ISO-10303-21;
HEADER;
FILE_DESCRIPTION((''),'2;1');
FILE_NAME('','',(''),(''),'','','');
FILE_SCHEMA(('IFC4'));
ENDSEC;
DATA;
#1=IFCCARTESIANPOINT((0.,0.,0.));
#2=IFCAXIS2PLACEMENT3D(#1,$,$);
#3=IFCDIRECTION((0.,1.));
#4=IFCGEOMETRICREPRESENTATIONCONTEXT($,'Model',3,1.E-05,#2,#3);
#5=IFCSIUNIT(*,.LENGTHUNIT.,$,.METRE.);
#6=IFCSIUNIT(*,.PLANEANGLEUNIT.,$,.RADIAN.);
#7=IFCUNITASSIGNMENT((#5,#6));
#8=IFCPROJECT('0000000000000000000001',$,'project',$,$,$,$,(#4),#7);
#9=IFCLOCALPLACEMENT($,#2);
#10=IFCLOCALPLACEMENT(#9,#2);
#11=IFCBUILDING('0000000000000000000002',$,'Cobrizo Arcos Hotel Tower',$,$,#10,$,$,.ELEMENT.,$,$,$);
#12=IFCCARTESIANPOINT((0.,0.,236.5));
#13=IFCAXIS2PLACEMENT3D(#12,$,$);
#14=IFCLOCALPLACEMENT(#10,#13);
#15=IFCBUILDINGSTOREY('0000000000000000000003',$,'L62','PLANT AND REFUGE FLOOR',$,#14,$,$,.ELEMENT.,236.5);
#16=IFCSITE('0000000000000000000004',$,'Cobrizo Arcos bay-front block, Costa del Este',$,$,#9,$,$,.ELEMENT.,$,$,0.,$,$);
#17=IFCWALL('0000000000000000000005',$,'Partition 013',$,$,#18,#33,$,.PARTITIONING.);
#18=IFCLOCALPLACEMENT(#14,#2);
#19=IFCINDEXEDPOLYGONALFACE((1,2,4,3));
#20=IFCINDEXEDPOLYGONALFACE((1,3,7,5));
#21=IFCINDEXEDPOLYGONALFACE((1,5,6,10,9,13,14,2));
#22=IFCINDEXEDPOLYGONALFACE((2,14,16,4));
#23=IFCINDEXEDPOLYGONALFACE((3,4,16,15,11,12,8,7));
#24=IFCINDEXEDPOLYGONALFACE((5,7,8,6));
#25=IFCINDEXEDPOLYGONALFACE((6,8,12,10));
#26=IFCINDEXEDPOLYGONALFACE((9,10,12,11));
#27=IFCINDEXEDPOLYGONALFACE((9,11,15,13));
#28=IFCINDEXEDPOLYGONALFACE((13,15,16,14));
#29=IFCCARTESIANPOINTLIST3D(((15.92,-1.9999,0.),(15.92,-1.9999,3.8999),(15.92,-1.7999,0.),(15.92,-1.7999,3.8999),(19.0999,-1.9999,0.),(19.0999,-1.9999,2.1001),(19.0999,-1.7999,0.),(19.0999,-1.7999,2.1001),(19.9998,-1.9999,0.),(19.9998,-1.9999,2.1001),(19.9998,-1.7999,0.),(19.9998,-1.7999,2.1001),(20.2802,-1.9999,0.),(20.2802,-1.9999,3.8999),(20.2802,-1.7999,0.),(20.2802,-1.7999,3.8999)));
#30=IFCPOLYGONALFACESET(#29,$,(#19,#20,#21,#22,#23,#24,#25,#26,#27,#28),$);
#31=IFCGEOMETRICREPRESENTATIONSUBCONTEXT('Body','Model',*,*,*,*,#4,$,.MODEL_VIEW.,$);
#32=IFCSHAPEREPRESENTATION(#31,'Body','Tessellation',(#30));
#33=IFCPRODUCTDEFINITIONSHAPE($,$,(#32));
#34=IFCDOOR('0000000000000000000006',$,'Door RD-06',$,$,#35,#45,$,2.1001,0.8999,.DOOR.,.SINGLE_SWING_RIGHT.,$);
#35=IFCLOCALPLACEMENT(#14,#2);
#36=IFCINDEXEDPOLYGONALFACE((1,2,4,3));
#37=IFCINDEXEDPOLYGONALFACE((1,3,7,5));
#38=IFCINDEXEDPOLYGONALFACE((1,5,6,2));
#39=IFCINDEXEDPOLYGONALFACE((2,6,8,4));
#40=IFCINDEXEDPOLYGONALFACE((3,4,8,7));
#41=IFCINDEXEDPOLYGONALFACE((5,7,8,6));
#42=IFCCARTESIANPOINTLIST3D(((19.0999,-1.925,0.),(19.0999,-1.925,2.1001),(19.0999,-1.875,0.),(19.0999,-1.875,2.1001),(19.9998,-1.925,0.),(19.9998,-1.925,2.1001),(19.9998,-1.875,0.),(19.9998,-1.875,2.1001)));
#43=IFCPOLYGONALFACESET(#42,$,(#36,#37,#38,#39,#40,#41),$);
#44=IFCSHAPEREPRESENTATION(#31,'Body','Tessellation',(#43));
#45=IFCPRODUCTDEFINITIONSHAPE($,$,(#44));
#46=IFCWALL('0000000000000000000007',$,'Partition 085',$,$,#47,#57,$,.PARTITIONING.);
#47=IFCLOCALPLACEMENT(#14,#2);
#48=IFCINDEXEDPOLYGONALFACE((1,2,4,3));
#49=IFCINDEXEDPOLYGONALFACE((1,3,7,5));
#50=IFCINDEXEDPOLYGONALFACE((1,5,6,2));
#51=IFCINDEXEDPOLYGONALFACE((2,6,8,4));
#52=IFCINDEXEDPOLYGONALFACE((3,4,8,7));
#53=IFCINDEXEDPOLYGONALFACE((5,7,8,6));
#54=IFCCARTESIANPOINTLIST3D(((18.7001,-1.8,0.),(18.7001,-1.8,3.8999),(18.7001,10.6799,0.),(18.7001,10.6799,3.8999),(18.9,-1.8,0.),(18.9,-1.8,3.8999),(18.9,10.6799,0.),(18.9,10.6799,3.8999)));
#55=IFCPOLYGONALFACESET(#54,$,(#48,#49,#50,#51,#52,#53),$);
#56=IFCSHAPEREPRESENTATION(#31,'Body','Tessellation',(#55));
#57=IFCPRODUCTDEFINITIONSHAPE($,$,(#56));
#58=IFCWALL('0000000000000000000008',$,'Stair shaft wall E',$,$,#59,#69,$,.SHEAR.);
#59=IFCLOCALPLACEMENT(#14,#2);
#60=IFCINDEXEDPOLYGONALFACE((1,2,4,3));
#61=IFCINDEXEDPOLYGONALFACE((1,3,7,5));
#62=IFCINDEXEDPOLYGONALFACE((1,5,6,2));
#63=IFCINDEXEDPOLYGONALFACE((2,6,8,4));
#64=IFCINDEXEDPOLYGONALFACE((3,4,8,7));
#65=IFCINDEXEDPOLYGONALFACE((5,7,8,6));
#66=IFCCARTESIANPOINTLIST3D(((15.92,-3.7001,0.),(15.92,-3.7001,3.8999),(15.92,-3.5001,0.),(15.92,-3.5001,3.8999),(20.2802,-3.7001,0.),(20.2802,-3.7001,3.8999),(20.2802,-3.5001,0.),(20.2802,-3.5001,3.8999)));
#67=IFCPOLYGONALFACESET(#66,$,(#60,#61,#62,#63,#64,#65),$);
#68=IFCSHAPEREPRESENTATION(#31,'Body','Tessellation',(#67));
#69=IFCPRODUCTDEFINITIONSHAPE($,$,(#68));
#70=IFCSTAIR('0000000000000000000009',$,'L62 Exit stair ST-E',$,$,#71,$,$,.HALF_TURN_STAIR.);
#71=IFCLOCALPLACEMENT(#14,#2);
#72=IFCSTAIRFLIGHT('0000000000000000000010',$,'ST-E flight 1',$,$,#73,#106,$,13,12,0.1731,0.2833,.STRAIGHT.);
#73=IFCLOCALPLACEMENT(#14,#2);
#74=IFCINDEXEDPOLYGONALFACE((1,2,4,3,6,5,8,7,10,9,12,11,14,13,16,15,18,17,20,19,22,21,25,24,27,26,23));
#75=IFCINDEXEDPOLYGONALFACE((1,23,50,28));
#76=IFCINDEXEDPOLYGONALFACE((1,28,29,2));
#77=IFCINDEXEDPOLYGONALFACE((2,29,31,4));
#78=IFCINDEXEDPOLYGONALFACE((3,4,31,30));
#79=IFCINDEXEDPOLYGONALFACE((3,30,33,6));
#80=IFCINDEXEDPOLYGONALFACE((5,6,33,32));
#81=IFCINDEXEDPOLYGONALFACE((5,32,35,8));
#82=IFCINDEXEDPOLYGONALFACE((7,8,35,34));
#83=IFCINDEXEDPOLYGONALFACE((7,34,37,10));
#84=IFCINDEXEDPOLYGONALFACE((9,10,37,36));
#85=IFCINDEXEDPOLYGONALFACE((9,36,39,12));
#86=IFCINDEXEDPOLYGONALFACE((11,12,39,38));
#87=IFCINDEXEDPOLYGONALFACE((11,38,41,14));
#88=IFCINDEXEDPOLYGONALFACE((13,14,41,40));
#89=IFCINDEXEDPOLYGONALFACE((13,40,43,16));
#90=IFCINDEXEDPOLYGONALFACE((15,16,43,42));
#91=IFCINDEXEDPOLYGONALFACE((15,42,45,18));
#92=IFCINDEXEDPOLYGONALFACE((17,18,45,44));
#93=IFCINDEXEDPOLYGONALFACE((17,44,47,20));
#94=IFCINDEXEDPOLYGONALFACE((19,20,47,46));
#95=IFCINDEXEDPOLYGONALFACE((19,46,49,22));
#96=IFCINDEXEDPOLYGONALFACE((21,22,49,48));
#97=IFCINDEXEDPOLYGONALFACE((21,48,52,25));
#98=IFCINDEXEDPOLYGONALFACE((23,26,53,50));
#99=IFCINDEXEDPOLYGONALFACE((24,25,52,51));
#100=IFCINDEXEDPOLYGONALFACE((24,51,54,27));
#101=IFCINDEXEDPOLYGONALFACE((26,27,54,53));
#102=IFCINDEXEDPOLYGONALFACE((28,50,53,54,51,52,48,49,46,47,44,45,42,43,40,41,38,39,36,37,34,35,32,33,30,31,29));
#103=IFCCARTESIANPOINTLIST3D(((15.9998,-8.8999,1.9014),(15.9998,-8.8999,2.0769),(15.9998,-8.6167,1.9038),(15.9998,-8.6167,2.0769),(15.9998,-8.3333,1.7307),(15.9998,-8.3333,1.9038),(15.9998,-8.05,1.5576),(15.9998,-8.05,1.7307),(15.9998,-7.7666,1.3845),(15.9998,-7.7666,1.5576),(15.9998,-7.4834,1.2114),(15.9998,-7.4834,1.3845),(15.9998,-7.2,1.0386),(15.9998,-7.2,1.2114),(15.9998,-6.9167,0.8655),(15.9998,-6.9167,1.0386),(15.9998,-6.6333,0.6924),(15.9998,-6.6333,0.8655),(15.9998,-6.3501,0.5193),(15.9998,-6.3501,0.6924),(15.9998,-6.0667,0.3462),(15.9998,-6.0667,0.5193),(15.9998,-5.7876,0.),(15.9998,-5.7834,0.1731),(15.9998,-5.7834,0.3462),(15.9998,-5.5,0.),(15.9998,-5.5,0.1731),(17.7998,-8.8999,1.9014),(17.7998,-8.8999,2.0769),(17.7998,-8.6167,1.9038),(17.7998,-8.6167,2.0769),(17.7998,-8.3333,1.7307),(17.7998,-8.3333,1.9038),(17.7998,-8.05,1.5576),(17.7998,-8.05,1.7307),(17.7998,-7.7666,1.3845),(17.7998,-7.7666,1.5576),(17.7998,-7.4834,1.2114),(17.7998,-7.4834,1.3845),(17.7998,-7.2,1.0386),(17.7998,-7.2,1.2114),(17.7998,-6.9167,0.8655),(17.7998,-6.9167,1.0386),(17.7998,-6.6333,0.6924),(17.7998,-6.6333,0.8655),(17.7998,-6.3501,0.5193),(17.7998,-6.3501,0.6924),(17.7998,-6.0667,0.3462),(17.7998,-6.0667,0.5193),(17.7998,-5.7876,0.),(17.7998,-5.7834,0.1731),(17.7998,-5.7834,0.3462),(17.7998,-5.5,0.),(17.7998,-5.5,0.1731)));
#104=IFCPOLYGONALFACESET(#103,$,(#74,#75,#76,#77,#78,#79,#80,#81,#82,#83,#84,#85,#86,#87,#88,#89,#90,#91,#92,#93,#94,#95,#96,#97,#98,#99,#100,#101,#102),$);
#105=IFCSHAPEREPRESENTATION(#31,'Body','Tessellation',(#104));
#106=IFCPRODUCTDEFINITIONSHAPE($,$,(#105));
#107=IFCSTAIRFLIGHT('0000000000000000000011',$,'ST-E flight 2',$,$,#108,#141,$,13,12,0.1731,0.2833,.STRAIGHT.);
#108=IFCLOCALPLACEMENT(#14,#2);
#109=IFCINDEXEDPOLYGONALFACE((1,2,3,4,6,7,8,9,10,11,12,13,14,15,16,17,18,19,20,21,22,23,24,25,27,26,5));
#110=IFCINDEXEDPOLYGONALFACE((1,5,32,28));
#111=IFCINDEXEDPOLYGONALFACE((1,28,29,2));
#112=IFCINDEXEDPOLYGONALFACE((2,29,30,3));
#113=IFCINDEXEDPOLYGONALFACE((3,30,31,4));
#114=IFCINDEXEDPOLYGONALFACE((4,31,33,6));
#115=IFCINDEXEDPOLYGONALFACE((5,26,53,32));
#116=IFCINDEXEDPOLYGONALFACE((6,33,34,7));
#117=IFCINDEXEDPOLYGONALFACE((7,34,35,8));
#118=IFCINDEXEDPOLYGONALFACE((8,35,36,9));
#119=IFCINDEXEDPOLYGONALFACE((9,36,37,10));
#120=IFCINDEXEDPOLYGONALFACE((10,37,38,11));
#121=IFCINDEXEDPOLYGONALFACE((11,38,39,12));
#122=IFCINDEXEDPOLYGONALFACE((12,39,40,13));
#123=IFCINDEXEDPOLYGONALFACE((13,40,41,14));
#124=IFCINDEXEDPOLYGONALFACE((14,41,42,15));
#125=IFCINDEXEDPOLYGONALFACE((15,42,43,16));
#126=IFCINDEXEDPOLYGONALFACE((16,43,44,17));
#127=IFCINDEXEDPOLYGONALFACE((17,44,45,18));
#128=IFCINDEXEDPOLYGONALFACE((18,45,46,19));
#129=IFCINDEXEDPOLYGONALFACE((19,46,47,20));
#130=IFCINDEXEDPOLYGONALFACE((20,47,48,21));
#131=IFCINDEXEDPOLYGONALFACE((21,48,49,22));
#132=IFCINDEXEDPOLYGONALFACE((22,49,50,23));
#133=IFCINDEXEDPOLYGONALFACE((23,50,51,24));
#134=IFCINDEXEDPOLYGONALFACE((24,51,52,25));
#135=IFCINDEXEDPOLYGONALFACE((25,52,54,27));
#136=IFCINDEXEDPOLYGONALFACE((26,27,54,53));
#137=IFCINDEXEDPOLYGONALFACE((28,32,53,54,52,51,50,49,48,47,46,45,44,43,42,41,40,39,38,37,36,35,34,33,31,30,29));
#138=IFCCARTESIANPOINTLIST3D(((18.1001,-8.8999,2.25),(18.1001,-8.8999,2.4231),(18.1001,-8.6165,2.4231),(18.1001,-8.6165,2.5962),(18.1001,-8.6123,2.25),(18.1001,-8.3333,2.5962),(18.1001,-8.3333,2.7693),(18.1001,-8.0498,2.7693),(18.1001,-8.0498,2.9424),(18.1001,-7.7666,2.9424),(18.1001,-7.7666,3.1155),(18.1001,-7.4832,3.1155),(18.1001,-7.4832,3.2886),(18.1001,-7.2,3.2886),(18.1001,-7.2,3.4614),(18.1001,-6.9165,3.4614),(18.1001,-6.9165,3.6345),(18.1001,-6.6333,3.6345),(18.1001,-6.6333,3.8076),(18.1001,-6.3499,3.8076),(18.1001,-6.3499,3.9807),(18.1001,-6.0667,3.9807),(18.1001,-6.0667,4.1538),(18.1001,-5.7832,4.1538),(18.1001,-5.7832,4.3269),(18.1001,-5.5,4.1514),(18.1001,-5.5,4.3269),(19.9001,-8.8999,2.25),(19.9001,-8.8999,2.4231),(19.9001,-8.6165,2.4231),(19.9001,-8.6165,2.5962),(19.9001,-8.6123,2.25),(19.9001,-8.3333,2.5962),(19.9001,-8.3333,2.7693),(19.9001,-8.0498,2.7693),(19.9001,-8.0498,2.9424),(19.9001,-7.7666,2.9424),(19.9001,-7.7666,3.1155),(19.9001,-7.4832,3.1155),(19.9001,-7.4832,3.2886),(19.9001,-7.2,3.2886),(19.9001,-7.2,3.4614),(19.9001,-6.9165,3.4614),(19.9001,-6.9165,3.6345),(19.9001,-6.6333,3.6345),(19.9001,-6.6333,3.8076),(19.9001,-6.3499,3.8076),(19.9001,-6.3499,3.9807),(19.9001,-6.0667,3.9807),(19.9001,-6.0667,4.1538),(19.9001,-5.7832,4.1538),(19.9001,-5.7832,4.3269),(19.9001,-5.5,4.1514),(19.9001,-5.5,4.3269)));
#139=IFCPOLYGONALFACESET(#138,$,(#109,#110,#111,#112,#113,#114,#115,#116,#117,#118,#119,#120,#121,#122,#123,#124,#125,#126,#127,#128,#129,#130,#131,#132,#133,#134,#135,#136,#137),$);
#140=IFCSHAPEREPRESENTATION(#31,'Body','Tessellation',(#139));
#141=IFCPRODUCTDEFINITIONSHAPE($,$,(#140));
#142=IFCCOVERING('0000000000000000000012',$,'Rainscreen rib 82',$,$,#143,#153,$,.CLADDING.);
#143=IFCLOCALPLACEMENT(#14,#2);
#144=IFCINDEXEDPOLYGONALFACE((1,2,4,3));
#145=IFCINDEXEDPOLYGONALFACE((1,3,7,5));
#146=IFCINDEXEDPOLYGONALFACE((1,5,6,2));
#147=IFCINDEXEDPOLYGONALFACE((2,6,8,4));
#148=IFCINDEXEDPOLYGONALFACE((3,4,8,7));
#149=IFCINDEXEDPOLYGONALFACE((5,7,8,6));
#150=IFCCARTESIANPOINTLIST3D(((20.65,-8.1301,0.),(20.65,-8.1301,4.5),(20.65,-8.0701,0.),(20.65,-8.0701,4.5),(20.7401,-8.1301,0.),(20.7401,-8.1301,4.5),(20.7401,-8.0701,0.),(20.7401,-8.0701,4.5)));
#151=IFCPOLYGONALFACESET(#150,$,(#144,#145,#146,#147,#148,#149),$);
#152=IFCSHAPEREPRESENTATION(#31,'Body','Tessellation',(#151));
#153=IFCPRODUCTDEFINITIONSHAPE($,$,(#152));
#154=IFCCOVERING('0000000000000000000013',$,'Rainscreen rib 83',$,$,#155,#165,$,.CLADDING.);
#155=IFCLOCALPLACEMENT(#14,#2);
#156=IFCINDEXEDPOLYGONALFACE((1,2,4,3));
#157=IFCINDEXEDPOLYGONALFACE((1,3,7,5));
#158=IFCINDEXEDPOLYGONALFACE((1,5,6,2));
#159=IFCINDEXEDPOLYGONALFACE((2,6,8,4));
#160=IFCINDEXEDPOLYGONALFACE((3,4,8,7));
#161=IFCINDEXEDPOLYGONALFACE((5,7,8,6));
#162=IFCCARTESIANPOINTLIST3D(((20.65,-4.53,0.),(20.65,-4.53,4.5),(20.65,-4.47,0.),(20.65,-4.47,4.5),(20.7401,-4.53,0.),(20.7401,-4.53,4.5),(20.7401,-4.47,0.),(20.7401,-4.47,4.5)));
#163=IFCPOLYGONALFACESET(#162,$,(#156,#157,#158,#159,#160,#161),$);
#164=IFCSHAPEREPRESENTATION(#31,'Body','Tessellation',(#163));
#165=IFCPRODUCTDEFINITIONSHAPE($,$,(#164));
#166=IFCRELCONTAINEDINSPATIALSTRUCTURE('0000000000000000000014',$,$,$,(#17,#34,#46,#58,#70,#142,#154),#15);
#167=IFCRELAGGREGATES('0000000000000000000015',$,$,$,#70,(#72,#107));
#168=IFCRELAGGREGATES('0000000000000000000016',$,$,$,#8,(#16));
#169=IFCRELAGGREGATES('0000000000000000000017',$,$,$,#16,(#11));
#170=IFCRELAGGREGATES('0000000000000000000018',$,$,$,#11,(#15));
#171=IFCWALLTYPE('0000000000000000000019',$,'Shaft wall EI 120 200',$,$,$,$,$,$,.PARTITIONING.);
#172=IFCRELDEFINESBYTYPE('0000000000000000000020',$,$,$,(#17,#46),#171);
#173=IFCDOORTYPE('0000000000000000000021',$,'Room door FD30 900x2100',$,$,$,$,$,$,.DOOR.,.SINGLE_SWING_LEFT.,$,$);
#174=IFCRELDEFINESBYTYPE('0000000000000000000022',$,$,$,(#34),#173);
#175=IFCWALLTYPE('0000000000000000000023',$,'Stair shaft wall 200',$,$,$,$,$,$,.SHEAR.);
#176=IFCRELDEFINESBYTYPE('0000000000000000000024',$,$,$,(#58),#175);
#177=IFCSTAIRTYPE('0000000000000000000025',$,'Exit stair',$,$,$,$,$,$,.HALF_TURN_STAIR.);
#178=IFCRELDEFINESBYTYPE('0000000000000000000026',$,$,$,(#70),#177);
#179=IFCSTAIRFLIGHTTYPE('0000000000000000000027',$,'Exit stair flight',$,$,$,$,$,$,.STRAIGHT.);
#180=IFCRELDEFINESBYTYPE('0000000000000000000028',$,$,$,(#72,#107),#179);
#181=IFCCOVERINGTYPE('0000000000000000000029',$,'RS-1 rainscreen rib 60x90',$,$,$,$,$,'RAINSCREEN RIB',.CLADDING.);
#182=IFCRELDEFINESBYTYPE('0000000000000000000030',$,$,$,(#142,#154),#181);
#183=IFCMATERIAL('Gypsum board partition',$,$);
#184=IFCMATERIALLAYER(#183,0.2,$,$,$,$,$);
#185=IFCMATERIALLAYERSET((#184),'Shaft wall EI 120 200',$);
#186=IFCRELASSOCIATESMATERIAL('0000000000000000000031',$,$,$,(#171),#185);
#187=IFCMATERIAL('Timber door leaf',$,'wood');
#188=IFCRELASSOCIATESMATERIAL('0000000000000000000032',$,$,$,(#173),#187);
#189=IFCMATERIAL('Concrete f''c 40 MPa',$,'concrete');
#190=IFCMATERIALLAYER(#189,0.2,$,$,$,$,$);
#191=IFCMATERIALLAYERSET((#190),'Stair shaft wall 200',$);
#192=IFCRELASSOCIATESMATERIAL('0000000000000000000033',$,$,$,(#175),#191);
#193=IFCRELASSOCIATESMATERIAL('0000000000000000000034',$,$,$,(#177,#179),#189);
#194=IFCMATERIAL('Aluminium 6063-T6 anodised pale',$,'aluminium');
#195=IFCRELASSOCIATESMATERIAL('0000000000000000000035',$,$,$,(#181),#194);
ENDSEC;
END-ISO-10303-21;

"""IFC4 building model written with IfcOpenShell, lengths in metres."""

from ifc_helpers import new_model, si_unit, direction, frame, frame_2d, origin, origin_2d, place, context, subcontext, project, spatial, polyline, rectangle, outline, extrude, material, layer, layer_set, type_object, element, fill, aggregate, save


model = new_model("IFC4")

# Units and contexts
model_context = context("Model", 3, precision=1e-05, world=origin(), true_north=direction((0.0, 1.0)))
body_context = subcontext(model_context, "Body", "Model", "MODEL_VIEW")
ifc_project = project(units=[si_unit("LENGTHUNIT", "METRE"), si_unit("PLANEANGLEUNIT", "RADIAN")], contexts=[model_context])

# Site, building, storey
site_placement = place(None, origin())
site = spatial("IfcSite", under=ifc_project, at=site_placement, Name="Cobrizo Arcos bay-front block, Costa del Este", CompositionType="ELEMENT", RefElevation=0.0)
building_placement = place(site_placement, origin())
building = spatial("IfcBuilding", under=site, at=building_placement, Name="Cobrizo Arcos Hotel Tower", CompositionType="ELEMENT")
storey_placement = place(building_placement, frame((0.0, 0.0, 236.5)))
storey = spatial("IfcBuildingStorey", under=building, at=storey_placement, Name="L62", Description="PLANT AND REFUGE FLOOR", CompositionType="ELEMENT", Elevation=236.5)

# Wall, opening, door
ifc_material_1 = material(Name="Gypsum board partition")
ifc_layer_1 = layer(ifc_material_1, 0.2)
ifc_layer_set_1 = layer_set([ifc_layer_1], Name="Shaft wall EI 120 200")
wall_type_1 = type_object("IfcWallType", Name="Shaft wall EI 120 200", PredefinedType="PARTITIONING", material=ifc_layer_set_1)
wall_1_placement = place(storey_placement, frame((15.9199, -1.8999, 0.0), z_axis=(0.0, 0.0, 1.0), x_axis=(1.0, 0.0, 0.0)))
wall_1 = element("IfcWall", 1, at=wall_1_placement, inside=storey, type_object=wall_type_1, Name="Partition 013", PredefinedType="PARTITIONING", context=body_context, shape_type="SweptSolid", body=[
    extrude(rectangle(XDim=4.3601, YDim=0.2, at=frame_2d((2.1802, 0.0))), origin(), (0.0, 0.0, 1.0), 3.8999),
])
opening_placement = place(wall_1_placement, frame((3.1799, 0.0, 0.0)))
opening = element("IfcOpeningElement", 2, at=opening_placement, cuts=wall_1, PredefinedType="OPENING", context=body_context, shape_type="SweptSolid", body=[
    extrude(rectangle(XDim=0.8999, YDim=2.1001, at=frame_2d((0.45, 1.05))), frame((0.0, 0.1121, 0.0), z_axis=(0.0, -1.0, 0.0), x_axis=(1.0, 0.0, 0.0)), (0.0, 0.0, 1.0), 0.2239),
])
ifc_material_2 = material(Name="Timber door leaf", Category="wood")
door_type = type_object("IfcDoorType", Name="Room door FD30 900x2100", OperationType="SINGLE_SWING_LEFT", PredefinedType="DOOR", material=ifc_material_2)
door_placement = place(opening_placement, origin())
door = element("IfcDoor", 3, at=door_placement, inside=storey, type_object=door_type, Name="Door RD-06", OperationType="SINGLE_SWING_RIGHT", OverallHeight=2.1001, OverallWidth=0.8999, PredefinedType="DOOR", context=body_context, shape_type="SweptSolid", body=[
    extrude(rectangle(XDim=0.8999, YDim=2.1001, at=frame_2d((0.45, 1.05))), frame((0.0, 0.0249, 0.0), z_axis=(0.0, -1.0, 0.0), x_axis=(1.0, 0.0, 0.0)), (0.0, 0.0, 1.0), 0.05),
])
fill(opening, door)

# Walls
wall_2_placement = place(storey_placement, frame((18.8, -1.8, 0.0), z_axis=(0.0, 0.0, 1.0), x_axis=(0.0, 1.0, 0.0)))
element("IfcWall", 4, at=wall_2_placement, inside=storey, type_object=wall_type_1, Name="Partition 085", PredefinedType="PARTITIONING", context=body_context, shape_type="SweptSolid", body=[
    extrude(rectangle(XDim=12.48, YDim=0.2, at=frame_2d((6.24, 0.0))), origin(), (0.0, 0.0, 1.0), 3.8999),
])
ifc_material_3 = material(Name="Concrete f'c 40 MPa", Category="concrete")
ifc_layer_2 = layer(ifc_material_3, 0.2)
ifc_layer_set_2 = layer_set([ifc_layer_2], Name="Stair shaft wall 200")
wall_type_2 = type_object("IfcWallType", Name="Stair shaft wall 200", PredefinedType="SHEAR", material=ifc_layer_set_2)
wall_3_placement = place(storey_placement, frame((15.9199, -3.6001, 0.0), z_axis=(0.0, 0.0, 1.0), x_axis=(1.0, 0.0, 0.0)))
element("IfcWall", 5, at=wall_3_placement, inside=storey, type_object=wall_type_2, Name="Stair shaft wall E", PredefinedType="SHEAR", context=body_context, shape_type="SweptSolid", body=[
    extrude(rectangle(XDim=4.3601, YDim=0.2, at=frame_2d((2.1802, 0.0))), origin(), (0.0, 0.0, 1.0), 3.8999),
])

# Stair, stair flights
stair_type = type_object("IfcStairType", Name="Exit stair", PredefinedType="HALF_TURN_STAIR", material=ifc_material_3)
stair_placement = place(storey_placement, origin())
stair = element("IfcStair", 6, at=stair_placement, inside=storey, type_object=stair_type, Name="L62 Exit stair ST-E", PredefinedType="HALF_TURN_STAIR")
stair_flight_type = type_object("IfcStairFlightType", Name="Exit stair flight", PredefinedType="STRAIGHT", material=ifc_material_3)
stair_flight_1_placement = place(storey_placement, frame((16.8999, -5.5, 0.0), z_axis=(0.0, 0.0, 1.0), x_axis=(0.0, -1.0, 0.0)))
stair_flight_1 = element("IfcStairFlight", 7, at=stair_flight_1_placement, type_object=stair_flight_type, Name="ST-E flight 1", NumberOfRisers=13, NumberOfTreads=12, PredefinedType="STRAIGHT", RiserHeight=0.1731, TreadLength=0.2833, context=body_context, shape_type="SweptSolid", body=[
    extrude(outline(polyline([(0.0, 0.0), (0.0, 0.1731), (0.2834, 0.1731), (0.2834, 0.3462), (0.5667, 0.3462), (0.5667, 0.5193), (0.8501, 0.5193), (0.8501, 0.6924), (1.1333, 0.6924), (1.1333, 0.8655), (1.4167, 0.8655), (1.4167, 1.0386), (1.7, 1.0386), (1.7, 1.2114), (1.9834, 1.2114), (1.9834, 1.3845), (2.2666, 1.3845), (2.2666, 1.5576), (2.55, 1.5576), (2.55, 1.7307), (2.8333, 1.7307), (2.8333, 1.9038), (3.1167, 1.9038), (3.1167, 2.0769), (3.3999, 2.0769), (3.3999, 2.25), (3.3999, 1.9014), (0.2876, 0.0), (0.0, 0.0)])), frame((0.0, 0.8999, 0.0), z_axis=(0.0, -1.0, 0.0), x_axis=(1.0, 0.0, 0.0)), (0.0, 0.0, 1.0), 1.8),
])
stair_flight_2_placement = place(storey_placement, frame((19.0, -8.8999, 2.25), z_axis=(0.0, 0.0, 1.0), x_axis=(0.0, 1.0, 0.0)))
stair_flight_2 = element("IfcStairFlight", 8, at=stair_flight_2_placement, type_object=stair_flight_type, Name="ST-E flight 2", NumberOfRisers=13, NumberOfTreads=12, PredefinedType="STRAIGHT", RiserHeight=0.1731, TreadLength=0.2833, context=body_context, shape_type="SweptSolid", body=[
    extrude(outline(polyline([(0.0, 0.0), (0.0, 0.1731), (0.2834, 0.1731), (0.2834, 0.3462), (0.5667, 0.3462), (0.5667, 0.5193), (0.8501, 0.5193), (0.8501, 0.6924), (1.1333, 0.6924), (1.1333, 0.8655), (1.4167, 0.8655), (1.4167, 1.0386), (1.7, 1.0386), (1.7, 1.2114), (1.9834, 1.2114), (1.9834, 1.3845), (2.2666, 1.3845), (2.2666, 1.5576), (2.55, 1.5576), (2.55, 1.7307), (2.8333, 1.7307), (2.8333, 1.9038), (3.1167, 1.9038), (3.1167, 2.0769), (3.3999, 2.0769), (3.3999, 2.25), (3.3999, 1.9014), (0.2876, 0.0), (0.0, 0.0)])), frame((0.0, 0.8999, 0.0), z_axis=(0.0, -1.0, 0.0), x_axis=(1.0, 0.0, 0.0)), (0.0, 0.0, 1.0), 1.8),
])
aggregate(stair, [stair_flight_1, stair_flight_2])

# Coverings
ifc_material_4 = material(Name="Aluminium 6063-T6 anodised pale", Category="aluminium")
covering_type = type_object("IfcCoveringType", Name="RS-1 rainscreen rib 60x90", ElementType="RAINSCREEN RIB", PredefinedType="CLADDING", material=ifc_material_4)
for number, where, z_axis, x_axis, name in (
    (9, (20.6951, -8.1001, 0.0), (0.0, 0.0, 1.0), (0.0, 1.0, 0.0), "Rainscreen rib 82"),
    (10, (20.6951, -4.5, 0.0), (0.0, 0.0, 1.0), (0.0, 1.0, 0.0), "Rainscreen rib 83"),
):
    element("IfcCovering", number, at=place(storey_placement, frame(where, z_axis=z_axis, x_axis=x_axis)), inside=storey, type_object=covering_type, Name=name, PredefinedType="CLADDING", context=body_context, shape_type="SweptSolid", body=[
        extrude(rectangle(XDim=0.0601, YDim=0.0901, at=origin_2d()), origin(), (0.0, 0.0, 1.0), 4.5),
    ])

save(model, "model.ifc")
